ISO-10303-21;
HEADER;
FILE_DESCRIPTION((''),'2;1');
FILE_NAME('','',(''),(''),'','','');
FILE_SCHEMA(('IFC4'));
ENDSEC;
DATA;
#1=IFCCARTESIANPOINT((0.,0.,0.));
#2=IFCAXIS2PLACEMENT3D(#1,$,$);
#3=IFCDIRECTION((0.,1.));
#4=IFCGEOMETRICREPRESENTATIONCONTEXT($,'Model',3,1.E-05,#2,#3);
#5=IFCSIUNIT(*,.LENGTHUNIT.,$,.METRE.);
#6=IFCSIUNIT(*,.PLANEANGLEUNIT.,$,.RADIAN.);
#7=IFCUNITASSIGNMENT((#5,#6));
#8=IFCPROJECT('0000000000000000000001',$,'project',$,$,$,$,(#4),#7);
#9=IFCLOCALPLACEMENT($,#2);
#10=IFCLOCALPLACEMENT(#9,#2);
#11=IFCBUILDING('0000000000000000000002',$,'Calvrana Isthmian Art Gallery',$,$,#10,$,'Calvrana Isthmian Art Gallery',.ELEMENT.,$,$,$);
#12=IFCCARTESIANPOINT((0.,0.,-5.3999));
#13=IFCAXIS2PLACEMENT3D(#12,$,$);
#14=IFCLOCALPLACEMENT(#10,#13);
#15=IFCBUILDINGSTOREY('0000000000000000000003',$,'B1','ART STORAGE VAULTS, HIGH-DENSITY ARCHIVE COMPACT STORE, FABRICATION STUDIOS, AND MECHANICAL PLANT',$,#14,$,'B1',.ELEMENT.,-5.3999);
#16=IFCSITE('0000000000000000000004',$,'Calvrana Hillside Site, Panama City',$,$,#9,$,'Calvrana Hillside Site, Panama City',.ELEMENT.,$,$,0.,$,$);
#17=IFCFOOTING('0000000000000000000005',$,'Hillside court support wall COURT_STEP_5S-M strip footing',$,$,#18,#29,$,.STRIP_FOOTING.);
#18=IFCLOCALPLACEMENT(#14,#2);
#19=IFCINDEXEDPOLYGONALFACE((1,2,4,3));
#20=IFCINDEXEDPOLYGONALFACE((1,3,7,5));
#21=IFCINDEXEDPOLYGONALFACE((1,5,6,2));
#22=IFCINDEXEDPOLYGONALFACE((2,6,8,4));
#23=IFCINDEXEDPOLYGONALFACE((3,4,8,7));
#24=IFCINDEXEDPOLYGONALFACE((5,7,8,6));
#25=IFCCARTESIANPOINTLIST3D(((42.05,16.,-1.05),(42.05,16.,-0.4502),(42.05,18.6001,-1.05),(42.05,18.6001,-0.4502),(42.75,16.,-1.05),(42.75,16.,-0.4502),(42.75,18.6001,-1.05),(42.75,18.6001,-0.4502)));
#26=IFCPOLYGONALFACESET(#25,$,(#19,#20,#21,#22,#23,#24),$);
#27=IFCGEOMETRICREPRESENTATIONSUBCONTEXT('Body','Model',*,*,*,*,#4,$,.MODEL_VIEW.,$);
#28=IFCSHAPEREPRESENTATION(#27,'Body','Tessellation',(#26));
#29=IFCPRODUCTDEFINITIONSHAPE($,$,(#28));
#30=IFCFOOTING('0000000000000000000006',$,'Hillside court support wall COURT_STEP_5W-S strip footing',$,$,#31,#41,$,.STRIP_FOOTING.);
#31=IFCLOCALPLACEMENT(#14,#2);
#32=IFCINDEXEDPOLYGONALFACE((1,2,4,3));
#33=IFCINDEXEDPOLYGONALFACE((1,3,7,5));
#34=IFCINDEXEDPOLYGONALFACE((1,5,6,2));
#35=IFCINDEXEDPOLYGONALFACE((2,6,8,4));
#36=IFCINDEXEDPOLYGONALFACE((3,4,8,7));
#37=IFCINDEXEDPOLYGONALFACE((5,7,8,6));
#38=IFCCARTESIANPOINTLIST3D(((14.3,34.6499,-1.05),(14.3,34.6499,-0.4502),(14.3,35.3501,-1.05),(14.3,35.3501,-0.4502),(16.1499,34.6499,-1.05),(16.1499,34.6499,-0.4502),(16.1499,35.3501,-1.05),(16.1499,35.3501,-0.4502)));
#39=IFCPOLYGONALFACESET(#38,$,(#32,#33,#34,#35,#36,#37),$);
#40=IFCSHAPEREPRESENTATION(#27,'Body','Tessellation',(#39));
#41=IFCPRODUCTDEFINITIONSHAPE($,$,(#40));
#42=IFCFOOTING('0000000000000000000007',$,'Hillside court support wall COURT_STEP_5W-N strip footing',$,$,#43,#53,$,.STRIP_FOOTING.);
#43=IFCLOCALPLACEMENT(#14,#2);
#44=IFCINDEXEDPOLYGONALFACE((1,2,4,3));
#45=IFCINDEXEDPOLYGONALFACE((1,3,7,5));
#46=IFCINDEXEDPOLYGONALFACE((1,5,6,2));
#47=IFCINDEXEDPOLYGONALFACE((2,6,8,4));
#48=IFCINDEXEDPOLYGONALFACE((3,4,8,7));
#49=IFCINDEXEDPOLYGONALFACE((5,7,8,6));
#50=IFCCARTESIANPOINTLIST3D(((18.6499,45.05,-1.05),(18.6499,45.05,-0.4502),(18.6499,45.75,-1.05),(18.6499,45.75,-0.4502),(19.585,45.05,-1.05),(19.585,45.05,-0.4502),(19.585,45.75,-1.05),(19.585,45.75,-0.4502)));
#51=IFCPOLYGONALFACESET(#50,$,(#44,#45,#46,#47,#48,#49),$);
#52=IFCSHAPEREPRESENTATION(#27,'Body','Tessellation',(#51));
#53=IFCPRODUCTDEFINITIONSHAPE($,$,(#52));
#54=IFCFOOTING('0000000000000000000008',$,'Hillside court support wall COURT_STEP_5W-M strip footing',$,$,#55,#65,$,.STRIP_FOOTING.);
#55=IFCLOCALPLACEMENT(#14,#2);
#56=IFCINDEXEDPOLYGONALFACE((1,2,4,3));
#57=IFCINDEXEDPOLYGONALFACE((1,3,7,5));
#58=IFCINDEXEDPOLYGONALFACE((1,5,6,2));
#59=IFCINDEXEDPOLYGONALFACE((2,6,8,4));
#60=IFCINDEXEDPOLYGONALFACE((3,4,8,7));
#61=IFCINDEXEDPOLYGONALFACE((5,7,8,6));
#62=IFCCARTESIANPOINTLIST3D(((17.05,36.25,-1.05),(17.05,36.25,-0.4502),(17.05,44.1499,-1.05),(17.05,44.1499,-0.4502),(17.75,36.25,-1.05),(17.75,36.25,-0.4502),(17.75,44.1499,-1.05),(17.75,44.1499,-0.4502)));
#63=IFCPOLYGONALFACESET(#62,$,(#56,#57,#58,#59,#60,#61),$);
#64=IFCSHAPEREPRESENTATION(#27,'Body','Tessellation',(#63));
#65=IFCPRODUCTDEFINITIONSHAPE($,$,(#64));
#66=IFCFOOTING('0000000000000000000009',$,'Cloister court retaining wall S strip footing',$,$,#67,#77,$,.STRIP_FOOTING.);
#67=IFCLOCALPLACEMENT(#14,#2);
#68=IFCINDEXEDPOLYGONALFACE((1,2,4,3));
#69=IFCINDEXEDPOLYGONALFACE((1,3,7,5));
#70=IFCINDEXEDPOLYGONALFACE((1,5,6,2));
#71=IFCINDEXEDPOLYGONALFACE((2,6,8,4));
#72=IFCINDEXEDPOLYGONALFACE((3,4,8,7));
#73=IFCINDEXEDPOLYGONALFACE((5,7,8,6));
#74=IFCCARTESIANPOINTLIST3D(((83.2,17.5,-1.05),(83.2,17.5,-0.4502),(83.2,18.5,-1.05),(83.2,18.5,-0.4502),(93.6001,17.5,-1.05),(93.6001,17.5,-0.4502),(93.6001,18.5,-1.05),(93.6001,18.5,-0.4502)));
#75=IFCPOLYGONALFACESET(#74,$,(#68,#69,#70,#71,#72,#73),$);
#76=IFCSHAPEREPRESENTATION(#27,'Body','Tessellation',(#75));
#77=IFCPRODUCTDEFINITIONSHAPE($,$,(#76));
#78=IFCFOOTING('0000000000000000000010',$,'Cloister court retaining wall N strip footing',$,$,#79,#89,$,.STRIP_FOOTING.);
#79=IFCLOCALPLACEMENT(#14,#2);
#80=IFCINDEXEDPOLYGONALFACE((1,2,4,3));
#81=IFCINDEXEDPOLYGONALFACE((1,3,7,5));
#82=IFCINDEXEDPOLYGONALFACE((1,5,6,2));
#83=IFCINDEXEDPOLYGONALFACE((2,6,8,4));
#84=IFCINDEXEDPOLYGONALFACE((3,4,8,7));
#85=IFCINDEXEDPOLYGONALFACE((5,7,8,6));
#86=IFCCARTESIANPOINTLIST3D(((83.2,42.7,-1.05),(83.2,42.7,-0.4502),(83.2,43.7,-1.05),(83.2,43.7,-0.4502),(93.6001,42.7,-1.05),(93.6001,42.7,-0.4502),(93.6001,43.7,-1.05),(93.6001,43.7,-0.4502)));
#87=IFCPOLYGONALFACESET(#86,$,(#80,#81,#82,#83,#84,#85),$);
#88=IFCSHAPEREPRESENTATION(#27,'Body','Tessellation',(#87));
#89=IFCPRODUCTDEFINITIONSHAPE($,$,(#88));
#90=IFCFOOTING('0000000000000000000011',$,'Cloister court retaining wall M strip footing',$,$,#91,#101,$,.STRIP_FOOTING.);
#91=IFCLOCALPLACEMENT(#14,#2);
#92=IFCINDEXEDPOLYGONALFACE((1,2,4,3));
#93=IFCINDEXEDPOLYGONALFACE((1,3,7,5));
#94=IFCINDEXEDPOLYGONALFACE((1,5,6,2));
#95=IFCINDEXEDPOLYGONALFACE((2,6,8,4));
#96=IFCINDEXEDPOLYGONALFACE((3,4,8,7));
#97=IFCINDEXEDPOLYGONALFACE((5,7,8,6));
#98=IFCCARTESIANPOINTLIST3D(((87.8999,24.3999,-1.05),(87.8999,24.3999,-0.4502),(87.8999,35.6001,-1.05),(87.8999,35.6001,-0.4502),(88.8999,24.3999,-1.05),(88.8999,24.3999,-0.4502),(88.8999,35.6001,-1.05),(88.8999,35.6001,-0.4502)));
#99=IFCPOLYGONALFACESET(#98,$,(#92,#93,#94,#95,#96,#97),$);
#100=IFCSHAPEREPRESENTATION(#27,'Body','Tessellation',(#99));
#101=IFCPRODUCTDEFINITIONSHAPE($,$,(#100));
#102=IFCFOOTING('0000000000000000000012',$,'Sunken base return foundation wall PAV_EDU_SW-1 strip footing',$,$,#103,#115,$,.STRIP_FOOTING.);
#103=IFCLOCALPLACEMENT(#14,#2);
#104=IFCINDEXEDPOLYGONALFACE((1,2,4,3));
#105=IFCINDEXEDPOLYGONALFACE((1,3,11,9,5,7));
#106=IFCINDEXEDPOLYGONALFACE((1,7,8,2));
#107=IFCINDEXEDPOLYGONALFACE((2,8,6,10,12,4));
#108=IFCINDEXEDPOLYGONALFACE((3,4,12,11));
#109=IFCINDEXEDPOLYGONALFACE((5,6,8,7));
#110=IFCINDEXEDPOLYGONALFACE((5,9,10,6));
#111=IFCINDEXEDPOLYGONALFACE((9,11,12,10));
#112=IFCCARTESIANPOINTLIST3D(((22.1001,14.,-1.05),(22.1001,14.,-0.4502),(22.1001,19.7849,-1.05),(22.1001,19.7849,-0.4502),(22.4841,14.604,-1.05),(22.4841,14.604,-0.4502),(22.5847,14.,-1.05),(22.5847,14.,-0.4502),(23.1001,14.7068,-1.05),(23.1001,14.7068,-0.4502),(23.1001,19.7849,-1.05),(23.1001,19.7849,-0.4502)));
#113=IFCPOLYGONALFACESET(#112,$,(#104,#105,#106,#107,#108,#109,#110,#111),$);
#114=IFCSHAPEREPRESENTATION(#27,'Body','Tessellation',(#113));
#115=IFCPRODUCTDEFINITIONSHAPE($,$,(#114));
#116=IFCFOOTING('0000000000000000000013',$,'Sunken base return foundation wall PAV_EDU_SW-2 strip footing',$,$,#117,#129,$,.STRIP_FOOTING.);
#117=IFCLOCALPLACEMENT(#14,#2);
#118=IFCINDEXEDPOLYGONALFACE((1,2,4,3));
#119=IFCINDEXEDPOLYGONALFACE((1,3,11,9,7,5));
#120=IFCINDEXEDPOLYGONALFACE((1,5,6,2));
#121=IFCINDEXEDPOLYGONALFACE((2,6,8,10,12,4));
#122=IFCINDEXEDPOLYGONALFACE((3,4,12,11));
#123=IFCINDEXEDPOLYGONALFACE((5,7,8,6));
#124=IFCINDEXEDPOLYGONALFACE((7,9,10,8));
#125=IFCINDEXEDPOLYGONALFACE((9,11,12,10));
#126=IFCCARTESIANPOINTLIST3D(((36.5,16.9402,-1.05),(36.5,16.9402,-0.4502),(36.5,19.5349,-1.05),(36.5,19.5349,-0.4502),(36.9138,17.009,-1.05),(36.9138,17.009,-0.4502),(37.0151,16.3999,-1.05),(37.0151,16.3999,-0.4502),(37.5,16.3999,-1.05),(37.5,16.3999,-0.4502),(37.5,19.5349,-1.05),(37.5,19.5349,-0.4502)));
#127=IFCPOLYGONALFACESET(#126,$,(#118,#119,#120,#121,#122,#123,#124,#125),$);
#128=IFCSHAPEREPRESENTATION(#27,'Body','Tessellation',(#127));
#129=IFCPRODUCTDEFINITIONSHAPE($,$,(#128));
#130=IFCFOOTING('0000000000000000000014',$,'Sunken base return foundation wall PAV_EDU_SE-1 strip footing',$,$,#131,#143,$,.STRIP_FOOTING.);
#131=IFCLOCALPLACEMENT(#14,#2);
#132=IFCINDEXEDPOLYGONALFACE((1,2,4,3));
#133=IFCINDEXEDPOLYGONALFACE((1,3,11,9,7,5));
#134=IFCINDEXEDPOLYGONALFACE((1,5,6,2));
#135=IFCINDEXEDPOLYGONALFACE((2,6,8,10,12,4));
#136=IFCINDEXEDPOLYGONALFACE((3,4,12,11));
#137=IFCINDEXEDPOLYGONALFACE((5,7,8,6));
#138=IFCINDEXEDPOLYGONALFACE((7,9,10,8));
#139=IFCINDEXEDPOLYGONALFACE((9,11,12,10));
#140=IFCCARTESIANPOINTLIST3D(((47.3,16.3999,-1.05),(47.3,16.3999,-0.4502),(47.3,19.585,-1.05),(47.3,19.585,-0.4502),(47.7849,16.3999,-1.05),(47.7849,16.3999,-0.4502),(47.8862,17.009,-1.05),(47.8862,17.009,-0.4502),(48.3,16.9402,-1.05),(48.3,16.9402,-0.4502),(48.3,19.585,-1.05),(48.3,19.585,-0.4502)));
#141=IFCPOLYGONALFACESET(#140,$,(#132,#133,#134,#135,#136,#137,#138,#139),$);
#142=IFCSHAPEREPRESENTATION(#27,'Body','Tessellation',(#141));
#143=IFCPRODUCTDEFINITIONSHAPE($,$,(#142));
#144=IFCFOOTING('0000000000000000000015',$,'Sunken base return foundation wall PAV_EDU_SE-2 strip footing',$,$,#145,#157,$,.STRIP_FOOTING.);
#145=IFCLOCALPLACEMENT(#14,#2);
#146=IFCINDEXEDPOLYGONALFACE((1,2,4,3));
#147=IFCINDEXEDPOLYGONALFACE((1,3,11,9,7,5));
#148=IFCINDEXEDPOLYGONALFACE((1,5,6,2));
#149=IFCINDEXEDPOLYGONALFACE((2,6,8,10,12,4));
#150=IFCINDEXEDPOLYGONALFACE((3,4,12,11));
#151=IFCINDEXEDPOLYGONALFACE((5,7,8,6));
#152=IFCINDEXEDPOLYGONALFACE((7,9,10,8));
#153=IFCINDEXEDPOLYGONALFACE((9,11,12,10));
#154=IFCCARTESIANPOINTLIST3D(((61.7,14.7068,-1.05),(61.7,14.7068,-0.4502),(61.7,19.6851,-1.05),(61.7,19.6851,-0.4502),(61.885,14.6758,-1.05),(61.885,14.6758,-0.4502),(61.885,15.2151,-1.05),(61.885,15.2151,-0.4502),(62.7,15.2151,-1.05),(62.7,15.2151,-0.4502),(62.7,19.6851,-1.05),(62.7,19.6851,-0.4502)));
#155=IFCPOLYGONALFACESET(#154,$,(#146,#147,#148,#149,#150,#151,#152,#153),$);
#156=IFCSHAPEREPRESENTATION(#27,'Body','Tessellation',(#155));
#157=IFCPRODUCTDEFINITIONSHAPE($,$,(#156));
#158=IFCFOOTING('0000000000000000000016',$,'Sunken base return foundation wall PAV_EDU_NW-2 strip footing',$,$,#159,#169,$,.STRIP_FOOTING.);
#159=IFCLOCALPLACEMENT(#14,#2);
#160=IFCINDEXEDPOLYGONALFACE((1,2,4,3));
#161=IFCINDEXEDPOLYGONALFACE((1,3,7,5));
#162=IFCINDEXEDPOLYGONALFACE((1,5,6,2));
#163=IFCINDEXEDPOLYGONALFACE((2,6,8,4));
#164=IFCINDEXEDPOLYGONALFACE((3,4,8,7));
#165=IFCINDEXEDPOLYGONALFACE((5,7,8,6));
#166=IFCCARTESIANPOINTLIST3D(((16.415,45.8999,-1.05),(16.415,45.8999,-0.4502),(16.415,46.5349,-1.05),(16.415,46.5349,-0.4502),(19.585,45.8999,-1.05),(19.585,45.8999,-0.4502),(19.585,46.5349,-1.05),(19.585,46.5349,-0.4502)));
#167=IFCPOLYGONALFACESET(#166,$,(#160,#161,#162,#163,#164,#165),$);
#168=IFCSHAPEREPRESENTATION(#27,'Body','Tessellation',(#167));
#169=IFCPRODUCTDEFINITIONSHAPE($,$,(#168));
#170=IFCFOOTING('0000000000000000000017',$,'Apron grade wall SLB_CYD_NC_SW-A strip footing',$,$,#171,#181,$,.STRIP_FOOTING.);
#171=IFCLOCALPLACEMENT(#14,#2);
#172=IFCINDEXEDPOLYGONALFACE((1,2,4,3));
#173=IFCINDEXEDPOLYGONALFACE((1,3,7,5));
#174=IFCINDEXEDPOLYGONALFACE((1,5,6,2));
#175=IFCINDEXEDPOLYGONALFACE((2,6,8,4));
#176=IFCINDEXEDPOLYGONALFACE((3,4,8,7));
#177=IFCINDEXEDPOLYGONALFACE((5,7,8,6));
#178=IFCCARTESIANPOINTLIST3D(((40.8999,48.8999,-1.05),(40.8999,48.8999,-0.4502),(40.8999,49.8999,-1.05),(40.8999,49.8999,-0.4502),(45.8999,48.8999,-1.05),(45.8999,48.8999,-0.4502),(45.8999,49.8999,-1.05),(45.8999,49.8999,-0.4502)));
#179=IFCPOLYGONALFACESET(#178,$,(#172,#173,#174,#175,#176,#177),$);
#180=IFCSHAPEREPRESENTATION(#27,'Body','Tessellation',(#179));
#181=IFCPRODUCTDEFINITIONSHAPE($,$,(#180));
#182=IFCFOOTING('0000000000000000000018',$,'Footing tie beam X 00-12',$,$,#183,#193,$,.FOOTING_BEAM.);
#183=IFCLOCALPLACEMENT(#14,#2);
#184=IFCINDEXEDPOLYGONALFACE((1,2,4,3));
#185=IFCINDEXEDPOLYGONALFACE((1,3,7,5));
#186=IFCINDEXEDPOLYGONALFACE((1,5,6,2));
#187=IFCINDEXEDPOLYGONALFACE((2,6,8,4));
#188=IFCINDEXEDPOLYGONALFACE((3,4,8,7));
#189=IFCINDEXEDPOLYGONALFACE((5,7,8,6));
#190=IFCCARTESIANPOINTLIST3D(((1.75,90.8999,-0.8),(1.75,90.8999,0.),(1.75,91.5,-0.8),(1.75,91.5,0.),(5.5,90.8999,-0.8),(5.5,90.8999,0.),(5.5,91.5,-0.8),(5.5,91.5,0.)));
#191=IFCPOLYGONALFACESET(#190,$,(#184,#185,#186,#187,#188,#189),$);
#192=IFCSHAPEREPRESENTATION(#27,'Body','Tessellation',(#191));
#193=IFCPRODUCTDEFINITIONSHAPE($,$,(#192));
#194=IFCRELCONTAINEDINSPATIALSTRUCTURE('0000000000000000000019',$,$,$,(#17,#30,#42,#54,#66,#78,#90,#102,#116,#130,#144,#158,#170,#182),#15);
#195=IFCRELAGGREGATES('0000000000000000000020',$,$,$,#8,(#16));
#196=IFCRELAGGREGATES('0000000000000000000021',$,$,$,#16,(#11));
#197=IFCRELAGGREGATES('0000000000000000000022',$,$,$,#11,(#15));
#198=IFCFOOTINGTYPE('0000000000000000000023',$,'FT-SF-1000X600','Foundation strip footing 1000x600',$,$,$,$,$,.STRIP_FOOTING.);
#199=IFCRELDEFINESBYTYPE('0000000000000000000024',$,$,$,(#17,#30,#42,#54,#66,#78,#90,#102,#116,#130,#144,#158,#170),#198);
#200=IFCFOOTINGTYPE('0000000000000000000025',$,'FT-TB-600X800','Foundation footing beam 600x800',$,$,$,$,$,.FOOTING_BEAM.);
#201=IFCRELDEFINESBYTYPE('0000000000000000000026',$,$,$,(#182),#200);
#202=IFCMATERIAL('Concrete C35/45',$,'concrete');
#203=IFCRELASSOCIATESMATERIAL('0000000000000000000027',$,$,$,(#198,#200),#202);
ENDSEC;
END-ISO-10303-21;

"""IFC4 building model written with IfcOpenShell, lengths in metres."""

from ifc_helpers import new_model, si_unit, direction, frame, origin, place, context, subcontext, project, spatial, polyline, outline, extrude, material, type_object, element, save


model = new_model("IFC4")

# Units and contexts
model_context = context("Model", 3, precision=1e-05, world=origin(), true_north=direction((0.0, 1.0)))
body_context = subcontext(model_context, "Body", "Model", "MODEL_VIEW")
ifc_project = project(units=[si_unit("LENGTHUNIT", "METRE"), si_unit("PLANEANGLEUNIT", "RADIAN")], contexts=[model_context])

# Site, building, storey
site_placement = place(None, origin())
site = spatial("IfcSite", under=ifc_project, at=site_placement, Name="Calvrana Hillside Site, Panama City", LongName="Calvrana Hillside Site, Panama City", CompositionType="ELEMENT", RefElevation=0.0)
building_placement = place(site_placement, origin())
building = spatial("IfcBuilding", under=site, at=building_placement, Name="Calvrana Isthmian Art Gallery", LongName="Calvrana Isthmian Art Gallery", CompositionType="ELEMENT")
storey_placement = place(building_placement, frame((0.0, 0.0, -5.3999)))
storey = spatial("IfcBuildingStorey", under=building, at=storey_placement, Name="B1", Description="ART STORAGE VAULTS, HIGH-DENSITY ARCHIVE COMPACT STORE, FABRICATION STUDIOS, AND MECHANICAL PLANT", LongName="B1", CompositionType="ELEMENT", Elevation=-5.3999)

# Footings
ifc_material = material(Name="Concrete C35/45", Category="concrete")
footing_type_1 = type_object("IfcFootingType", Name="FT-SF-1000X600", Description="Foundation strip footing 1000x600", PredefinedType="STRIP_FOOTING", material=ifc_material)
footing_1_placement = place(storey_placement, frame((0.0, 0.0, -1.05)))
element("IfcFooting", 1, at=footing_1_placement, inside=storey, type_object=footing_type_1, Name="Hillside court support wall COURT_STEP_5S-M strip footing", PredefinedType="STRIP_FOOTING", context=body_context, shape_type="SweptSolid", body=[
    extrude(outline(polyline([(42.75, 16.0), (42.75, 18.6001), (42.05, 18.6001), (42.05, 16.0), (42.75, 16.0)])), origin(), (0.0, 0.0, 1.0), 0.5999),
])
footing_2_placement = place(storey_placement, frame((0.0, 0.0, -1.05)))
element("IfcFooting", 2, at=footing_2_placement, inside=storey, type_object=footing_type_1, Name="Hillside court support wall COURT_STEP_5W-S strip footing", PredefinedType="STRIP_FOOTING", context=body_context, shape_type="SweptSolid", body=[
    extrude(outline(polyline([(14.3, 34.6499), (16.1499, 34.6499), (16.1499, 35.3501), (14.3, 35.3501), (14.3, 34.6499)])), origin(), (0.0, 0.0, 1.0), 0.5999),
])
footing_3_placement = place(storey_placement, frame((0.0, 0.0, -1.05)))
element("IfcFooting", 3, at=footing_3_placement, inside=storey, type_object=footing_type_1, Name="Hillside court support wall COURT_STEP_5W-N strip footing", PredefinedType="STRIP_FOOTING", context=body_context, shape_type="SweptSolid", body=[
    extrude(outline(polyline([(18.6499, 45.05), (18.6499, 45.75), (19.585, 45.75), (19.585, 45.05), (18.6499, 45.05)])), origin(), (0.0, 0.0, 1.0), 0.5999),
])
footing_4_placement = place(storey_placement, frame((0.0, 0.0, -1.05)))
element("IfcFooting", 4, at=footing_4_placement, inside=storey, type_object=footing_type_1, Name="Hillside court support wall COURT_STEP_5W-M strip footing", PredefinedType="STRIP_FOOTING", context=body_context, shape_type="SweptSolid", body=[
    extrude(outline(polyline([(17.75, 36.25), (17.75, 44.1499), (17.05, 44.1499), (17.05, 36.25), (17.75, 36.25)])), origin(), (0.0, 0.0, 1.0), 0.5999),
])
footing_5_placement = place(storey_placement, frame((0.0, 0.0, -1.05)))
element("IfcFooting", 5, at=footing_5_placement, inside=storey, type_object=footing_type_1, Name="Cloister court retaining wall S strip footing", PredefinedType="STRIP_FOOTING", context=body_context, shape_type="SweptSolid", body=[
    extrude(outline(polyline([(83.2, 17.5), (93.6001, 17.5), (93.6001, 18.5), (83.2, 18.5), (83.2, 17.5)])), origin(), (0.0, 0.0, 1.0), 0.5999),
])
footing_6_placement = place(storey_placement, frame((0.0, 0.0, -1.05)))
element("IfcFooting", 6, at=footing_6_placement, inside=storey, type_object=footing_type_1, Name="Cloister court retaining wall N strip footing", PredefinedType="STRIP_FOOTING", context=body_context, shape_type="SweptSolid", body=[
    extrude(outline(polyline([(83.2, 42.7), (93.6001, 42.7), (93.6001, 43.7), (83.2, 43.7), (83.2, 42.7)])), origin(), (0.0, 0.0, 1.0), 0.5999),
])
footing_7_placement = place(storey_placement, frame((0.0, 0.0, -1.05)))
element("IfcFooting", 7, at=footing_7_placement, inside=storey, type_object=footing_type_1, Name="Cloister court retaining wall M strip footing", PredefinedType="STRIP_FOOTING", context=body_context, shape_type="SweptSolid", body=[
    extrude(outline(polyline([(88.8999, 24.3999), (88.8999, 35.6001), (87.8999, 35.6001), (87.8999, 24.3999), (88.8999, 24.3999)])), origin(), (0.0, 0.0, 1.0), 0.5999),
])
footing_8_placement = place(storey_placement, frame((0.0, 0.0, -1.05)))
element("IfcFooting", 8, at=footing_8_placement, inside=storey, type_object=footing_type_1, Name="Sunken base return foundation wall PAV_EDU_SW-1 strip footing", PredefinedType="STRIP_FOOTING", context=body_context, shape_type="SweptSolid", body=[
    extrude(outline(polyline([(22.1001, 14.0), (22.1001, 19.7849), (23.1001, 19.7849), (23.1001, 14.7068), (22.4841, 14.604), (22.5847, 14.0), (22.1001, 14.0)])), origin(), (0.0, 0.0, 1.0), 0.5999),
])
footing_9_placement = place(storey_placement, frame((0.0, 0.0, -1.05)))
element("IfcFooting", 9, at=footing_9_placement, inside=storey, type_object=footing_type_1, Name="Sunken base return foundation wall PAV_EDU_SW-2 strip footing", PredefinedType="STRIP_FOOTING", context=body_context, shape_type="SweptSolid", body=[
    extrude(outline(polyline([(37.0151, 16.3999), (36.9138, 17.009), (36.5, 16.9402), (36.5, 19.5349), (37.5, 19.5349), (37.5, 16.3999), (37.0151, 16.3999)])), origin(), (0.0, 0.0, 1.0), 0.5999),
])
footing_10_placement = place(storey_placement, frame((0.0, 0.0, -1.05)))
element("IfcFooting", 10, at=footing_10_placement, inside=storey, type_object=footing_type_1, Name="Sunken base return foundation wall PAV_EDU_SE-1 strip footing", PredefinedType="STRIP_FOOTING", context=body_context, shape_type="SweptSolid", body=[
    extrude(outline(polyline([(47.3, 16.3999), (47.3, 19.585), (48.3, 19.585), (48.3, 16.9402), (47.8862, 17.009), (47.7849, 16.3999), (47.3, 16.3999)])), origin(), (0.0, 0.0, 1.0), 0.5999),
])
footing_11_placement = place(storey_placement, frame((0.0, 0.0, -1.05)))
element("IfcFooting", 11, at=footing_11_placement, inside=storey, type_object=footing_type_1, Name="Sunken base return foundation wall PAV_EDU_SE-2 strip footing", PredefinedType="STRIP_FOOTING", context=body_context, shape_type="SweptSolid", body=[
    extrude(outline(polyline([(62.7, 19.6851), (62.7, 15.2151), (61.885, 15.2151), (61.885, 14.6758), (61.7, 14.7068), (61.7, 19.6851), (62.7, 19.6851)])), origin(), (0.0, 0.0, 1.0), 0.5999),
])
footing_12_placement = place(storey_placement, frame((0.0, 0.0, -1.05)))
element("IfcFooting", 12, at=footing_12_placement, inside=storey, type_object=footing_type_1, Name="Sunken base return foundation wall PAV_EDU_NW-2 strip footing", PredefinedType="STRIP_FOOTING", context=body_context, shape_type="SweptSolid", body=[
    extrude(outline(polyline([(16.415, 46.5349), (19.585, 46.5349), (19.585, 45.8999), (16.415, 45.8999), (16.415, 46.5349)])), origin(), (0.0, 0.0, 1.0), 0.5999),
])
footing_13_placement = place(storey_placement, frame((0.0, 0.0, -1.05)))
element("IfcFooting", 13, at=footing_13_placement, inside=storey, type_object=footing_type_1, Name="Apron grade wall SLB_CYD_NC_SW-A strip footing", PredefinedType="STRIP_FOOTING", context=body_context, shape_type="SweptSolid", body=[
    extrude(outline(polyline([(40.8999, 48.8999), (45.8999, 48.8999), (45.8999, 49.8999), (40.8999, 49.8999), (40.8999, 48.8999)])), origin(), (0.0, 0.0, 1.0), 0.5999),
])
footing_type_2 = type_object("IfcFootingType", Name="FT-TB-600X800", Description="Foundation footing beam 600x800", PredefinedType="FOOTING_BEAM", material=ifc_material)
footing_14_placement = place(storey_placement, frame((0.0, 0.0, -0.8)))
element("IfcFooting", 14, at=footing_14_placement, inside=storey, type_object=footing_type_2, Name="Footing tie beam X 00-12", PredefinedType="FOOTING_BEAM", context=body_context, shape_type="SweptSolid", body=[
    extrude(outline(polyline([(1.75, 90.8999), (5.5, 90.8999), (5.5, 91.5), (1.75, 91.5), (1.75, 90.8999)])), origin(), (0.0, 0.0, 1.0), 0.8),
])

save(model, "model.ifc")
